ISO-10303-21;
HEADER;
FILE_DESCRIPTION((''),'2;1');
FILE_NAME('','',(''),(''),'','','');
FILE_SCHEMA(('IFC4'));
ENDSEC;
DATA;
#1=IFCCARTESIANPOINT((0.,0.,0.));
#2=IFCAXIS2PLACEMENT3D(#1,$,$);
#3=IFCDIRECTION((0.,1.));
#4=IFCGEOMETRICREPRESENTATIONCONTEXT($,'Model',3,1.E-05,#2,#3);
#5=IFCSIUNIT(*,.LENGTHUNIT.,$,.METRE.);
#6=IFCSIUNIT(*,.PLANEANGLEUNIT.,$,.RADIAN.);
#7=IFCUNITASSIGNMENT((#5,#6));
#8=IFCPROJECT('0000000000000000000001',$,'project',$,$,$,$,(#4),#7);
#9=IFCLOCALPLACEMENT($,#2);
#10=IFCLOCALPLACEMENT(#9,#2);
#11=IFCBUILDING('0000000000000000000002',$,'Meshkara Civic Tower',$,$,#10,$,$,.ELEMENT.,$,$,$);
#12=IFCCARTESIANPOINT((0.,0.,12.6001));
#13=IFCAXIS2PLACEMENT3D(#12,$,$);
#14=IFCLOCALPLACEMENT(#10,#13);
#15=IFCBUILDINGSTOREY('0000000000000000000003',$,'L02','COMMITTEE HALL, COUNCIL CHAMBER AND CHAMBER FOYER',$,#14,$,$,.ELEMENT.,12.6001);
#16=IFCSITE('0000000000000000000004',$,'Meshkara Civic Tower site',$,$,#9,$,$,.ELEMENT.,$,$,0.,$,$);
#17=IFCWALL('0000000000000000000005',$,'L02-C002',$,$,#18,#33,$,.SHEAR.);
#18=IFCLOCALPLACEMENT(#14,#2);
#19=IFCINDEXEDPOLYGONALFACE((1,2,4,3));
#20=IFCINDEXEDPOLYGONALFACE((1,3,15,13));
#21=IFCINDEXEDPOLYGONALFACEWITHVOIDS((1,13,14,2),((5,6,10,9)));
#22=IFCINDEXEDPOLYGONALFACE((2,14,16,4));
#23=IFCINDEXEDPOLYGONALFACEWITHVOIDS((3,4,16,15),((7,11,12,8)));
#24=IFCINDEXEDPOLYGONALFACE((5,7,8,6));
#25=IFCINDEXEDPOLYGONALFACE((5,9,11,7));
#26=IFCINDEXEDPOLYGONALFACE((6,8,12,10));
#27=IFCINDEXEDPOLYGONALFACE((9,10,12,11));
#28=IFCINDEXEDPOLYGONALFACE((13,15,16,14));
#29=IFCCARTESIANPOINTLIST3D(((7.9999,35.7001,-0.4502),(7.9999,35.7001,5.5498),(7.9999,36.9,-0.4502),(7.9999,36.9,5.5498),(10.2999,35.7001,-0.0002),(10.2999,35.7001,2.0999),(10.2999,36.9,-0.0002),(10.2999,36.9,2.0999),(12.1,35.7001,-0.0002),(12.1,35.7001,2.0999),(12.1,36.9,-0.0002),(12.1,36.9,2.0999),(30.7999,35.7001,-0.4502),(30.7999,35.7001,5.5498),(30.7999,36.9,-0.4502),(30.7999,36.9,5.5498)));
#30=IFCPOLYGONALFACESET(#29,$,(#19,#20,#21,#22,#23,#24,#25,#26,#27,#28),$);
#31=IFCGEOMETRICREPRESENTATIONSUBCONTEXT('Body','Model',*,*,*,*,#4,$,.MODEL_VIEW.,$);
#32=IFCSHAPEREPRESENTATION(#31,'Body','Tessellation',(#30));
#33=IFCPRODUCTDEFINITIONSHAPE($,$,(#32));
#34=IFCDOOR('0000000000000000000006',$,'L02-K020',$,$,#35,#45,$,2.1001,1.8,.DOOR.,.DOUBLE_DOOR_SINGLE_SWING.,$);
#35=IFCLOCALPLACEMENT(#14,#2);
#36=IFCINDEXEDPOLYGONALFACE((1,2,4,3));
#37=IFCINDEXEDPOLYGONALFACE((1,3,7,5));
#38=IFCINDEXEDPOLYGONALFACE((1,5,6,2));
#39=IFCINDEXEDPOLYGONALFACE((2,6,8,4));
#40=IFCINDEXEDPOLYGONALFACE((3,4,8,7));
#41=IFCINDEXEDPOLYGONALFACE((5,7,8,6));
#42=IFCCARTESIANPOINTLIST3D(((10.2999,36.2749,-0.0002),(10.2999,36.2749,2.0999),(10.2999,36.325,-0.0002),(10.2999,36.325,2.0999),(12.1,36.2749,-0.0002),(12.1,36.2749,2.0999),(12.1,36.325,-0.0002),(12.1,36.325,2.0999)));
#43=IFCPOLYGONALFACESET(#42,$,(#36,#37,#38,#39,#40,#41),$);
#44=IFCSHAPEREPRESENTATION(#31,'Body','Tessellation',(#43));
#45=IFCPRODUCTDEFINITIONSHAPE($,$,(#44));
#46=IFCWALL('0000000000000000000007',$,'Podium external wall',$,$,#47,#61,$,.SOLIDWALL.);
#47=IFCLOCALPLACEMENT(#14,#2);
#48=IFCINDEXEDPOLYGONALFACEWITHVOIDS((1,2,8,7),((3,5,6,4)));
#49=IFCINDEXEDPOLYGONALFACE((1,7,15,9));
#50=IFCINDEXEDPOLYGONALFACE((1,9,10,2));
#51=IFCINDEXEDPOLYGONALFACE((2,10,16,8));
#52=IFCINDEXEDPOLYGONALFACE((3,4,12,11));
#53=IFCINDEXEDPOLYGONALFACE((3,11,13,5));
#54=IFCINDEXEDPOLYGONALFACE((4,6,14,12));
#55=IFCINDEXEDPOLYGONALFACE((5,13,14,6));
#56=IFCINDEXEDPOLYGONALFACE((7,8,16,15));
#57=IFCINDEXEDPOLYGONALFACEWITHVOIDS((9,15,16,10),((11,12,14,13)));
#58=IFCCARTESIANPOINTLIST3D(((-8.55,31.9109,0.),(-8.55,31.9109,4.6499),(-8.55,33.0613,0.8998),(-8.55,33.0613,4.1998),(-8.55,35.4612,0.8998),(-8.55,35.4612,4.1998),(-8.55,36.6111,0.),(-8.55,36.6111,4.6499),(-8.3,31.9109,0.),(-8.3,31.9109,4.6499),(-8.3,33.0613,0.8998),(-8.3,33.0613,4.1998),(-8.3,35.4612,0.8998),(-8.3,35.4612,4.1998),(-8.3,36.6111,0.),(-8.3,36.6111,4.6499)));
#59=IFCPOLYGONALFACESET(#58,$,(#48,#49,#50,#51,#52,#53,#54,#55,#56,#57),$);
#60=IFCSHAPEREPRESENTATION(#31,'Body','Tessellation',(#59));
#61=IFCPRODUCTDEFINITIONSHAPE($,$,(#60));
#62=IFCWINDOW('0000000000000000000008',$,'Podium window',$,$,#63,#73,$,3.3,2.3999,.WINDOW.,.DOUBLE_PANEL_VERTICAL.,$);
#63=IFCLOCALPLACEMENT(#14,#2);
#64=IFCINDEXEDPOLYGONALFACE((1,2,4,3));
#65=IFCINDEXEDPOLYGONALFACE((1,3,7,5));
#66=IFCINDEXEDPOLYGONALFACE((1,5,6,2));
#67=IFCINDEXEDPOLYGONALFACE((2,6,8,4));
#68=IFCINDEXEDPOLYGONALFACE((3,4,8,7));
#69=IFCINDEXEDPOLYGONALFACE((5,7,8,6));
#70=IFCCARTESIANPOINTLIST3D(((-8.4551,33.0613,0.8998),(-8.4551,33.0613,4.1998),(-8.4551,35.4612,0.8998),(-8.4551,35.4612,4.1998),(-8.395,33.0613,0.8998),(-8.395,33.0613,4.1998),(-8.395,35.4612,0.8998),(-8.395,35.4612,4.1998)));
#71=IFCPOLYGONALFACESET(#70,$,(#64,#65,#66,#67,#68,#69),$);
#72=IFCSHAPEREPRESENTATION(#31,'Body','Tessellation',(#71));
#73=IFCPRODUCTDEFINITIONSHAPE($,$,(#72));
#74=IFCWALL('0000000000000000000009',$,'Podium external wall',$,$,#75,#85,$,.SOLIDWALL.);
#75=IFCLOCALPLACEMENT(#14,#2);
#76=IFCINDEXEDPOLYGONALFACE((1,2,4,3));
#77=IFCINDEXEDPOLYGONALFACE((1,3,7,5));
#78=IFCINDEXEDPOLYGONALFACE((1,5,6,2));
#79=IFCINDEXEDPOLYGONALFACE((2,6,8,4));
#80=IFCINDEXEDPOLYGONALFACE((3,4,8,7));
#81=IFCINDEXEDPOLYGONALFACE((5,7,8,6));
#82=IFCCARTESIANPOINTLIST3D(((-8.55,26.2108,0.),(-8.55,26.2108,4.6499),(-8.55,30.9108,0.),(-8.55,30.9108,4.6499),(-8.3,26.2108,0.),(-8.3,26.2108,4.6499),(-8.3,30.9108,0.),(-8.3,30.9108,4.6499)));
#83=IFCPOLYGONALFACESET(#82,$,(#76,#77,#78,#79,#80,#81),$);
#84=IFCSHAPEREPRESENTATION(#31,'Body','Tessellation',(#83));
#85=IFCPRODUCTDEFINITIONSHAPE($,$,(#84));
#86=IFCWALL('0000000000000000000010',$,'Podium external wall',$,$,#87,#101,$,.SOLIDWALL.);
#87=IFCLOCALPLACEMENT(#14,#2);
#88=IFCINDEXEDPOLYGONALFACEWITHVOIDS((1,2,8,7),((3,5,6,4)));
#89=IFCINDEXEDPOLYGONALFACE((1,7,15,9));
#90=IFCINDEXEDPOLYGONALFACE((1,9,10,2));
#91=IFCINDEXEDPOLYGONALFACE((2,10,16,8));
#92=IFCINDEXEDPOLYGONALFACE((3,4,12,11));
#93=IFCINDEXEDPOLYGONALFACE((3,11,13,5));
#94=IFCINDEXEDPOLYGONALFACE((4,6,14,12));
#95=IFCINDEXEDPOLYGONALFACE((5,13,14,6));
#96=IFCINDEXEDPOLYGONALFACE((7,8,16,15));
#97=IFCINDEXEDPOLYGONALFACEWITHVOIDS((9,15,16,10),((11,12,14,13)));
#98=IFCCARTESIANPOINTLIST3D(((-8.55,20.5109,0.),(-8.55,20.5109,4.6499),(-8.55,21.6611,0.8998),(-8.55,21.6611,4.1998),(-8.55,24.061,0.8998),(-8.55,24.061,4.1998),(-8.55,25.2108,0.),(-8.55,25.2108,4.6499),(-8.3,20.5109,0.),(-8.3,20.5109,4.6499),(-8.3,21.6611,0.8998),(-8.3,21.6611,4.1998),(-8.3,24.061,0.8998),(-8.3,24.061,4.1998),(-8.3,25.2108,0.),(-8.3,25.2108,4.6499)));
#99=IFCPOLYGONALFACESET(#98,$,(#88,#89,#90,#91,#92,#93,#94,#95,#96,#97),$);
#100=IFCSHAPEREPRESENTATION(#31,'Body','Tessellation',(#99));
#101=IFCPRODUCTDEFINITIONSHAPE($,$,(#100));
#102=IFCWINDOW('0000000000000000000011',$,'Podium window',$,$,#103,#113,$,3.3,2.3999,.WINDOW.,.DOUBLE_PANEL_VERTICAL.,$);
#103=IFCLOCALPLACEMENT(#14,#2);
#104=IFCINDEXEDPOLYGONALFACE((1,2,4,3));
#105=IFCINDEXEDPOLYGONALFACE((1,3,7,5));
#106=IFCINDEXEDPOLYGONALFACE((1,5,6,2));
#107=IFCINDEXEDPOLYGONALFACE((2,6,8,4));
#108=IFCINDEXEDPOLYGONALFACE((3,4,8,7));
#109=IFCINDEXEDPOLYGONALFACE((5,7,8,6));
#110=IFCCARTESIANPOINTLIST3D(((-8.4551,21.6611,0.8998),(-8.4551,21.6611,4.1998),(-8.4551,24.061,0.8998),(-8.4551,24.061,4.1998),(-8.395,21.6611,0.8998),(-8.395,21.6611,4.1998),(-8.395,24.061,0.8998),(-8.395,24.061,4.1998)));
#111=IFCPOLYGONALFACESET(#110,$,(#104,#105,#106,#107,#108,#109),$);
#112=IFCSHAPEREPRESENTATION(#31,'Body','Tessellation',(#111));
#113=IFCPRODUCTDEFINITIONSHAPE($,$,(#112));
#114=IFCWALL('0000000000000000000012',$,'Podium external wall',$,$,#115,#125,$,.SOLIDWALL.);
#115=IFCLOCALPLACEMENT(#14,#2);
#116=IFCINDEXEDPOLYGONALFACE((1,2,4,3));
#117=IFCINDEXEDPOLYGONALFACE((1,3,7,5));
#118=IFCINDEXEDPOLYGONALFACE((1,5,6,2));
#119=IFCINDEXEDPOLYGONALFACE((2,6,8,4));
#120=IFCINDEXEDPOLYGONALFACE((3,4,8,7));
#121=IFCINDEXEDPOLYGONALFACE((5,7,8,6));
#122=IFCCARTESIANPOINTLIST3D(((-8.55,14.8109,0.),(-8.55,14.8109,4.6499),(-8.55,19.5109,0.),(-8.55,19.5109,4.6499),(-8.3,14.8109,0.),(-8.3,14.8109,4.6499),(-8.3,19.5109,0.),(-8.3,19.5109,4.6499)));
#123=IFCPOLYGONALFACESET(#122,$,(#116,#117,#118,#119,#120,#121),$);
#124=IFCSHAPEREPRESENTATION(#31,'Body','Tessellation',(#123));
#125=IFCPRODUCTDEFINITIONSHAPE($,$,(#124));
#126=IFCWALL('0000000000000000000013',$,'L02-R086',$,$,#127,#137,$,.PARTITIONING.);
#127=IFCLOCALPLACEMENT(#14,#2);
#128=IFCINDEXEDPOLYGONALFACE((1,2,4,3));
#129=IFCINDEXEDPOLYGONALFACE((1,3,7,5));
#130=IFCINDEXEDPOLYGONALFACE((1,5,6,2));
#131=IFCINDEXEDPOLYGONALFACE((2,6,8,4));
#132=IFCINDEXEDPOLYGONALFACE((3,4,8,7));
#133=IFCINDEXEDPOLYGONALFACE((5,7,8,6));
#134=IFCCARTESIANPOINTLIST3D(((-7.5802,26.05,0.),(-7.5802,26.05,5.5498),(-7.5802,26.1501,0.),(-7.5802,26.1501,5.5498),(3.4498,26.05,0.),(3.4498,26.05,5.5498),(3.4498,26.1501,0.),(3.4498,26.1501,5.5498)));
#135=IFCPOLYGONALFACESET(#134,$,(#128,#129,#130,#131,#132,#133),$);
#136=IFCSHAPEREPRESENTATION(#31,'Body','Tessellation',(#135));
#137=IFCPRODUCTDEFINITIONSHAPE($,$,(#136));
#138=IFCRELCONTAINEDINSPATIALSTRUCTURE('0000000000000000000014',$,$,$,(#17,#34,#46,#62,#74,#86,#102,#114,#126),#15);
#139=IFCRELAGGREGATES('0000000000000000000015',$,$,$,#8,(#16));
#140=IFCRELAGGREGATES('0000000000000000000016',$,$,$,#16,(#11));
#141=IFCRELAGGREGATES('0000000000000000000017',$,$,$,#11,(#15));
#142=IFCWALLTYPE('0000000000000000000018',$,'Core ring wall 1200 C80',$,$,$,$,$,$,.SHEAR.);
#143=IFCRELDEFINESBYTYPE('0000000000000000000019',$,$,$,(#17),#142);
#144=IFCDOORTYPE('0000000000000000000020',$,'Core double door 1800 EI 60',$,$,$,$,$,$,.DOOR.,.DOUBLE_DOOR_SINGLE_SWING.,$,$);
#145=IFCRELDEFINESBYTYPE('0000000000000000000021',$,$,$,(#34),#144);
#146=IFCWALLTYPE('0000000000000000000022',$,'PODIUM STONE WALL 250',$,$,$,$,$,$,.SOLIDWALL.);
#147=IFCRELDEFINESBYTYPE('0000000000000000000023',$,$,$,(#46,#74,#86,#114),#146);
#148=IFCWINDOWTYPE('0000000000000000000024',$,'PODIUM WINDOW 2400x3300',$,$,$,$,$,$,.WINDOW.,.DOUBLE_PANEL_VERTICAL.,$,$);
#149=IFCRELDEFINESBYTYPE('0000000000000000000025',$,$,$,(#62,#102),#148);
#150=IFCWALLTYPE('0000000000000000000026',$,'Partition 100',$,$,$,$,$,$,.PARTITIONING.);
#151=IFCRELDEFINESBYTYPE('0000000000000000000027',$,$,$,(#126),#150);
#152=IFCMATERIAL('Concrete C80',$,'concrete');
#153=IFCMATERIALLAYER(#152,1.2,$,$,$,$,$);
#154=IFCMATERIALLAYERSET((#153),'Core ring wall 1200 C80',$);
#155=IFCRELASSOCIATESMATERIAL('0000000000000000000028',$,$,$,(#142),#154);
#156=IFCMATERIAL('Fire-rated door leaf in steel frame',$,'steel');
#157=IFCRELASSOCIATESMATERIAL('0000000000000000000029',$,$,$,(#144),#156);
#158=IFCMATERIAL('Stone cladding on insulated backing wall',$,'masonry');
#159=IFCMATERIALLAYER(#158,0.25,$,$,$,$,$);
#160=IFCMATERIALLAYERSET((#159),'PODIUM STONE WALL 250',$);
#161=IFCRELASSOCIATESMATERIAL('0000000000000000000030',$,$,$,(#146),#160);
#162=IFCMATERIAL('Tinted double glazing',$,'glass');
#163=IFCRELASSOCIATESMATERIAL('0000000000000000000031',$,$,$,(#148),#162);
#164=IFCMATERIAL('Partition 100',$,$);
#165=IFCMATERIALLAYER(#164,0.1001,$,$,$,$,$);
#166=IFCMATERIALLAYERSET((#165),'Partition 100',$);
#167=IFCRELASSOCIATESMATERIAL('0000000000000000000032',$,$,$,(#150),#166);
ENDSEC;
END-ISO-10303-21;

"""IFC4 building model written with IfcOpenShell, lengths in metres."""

from ifc_helpers import new_model, si_unit, direction, frame, frame_2d, origin, place, context, subcontext, project, spatial, rectangle, extrude, material, layer, layer_set, type_object, element, fill, save


model = new_model("IFC4")

# Units and contexts
model_context = context("Model", 3, precision=1e-05, world=origin(), true_north=direction((0.0, 1.0)))
body_context = subcontext(model_context, "Body", "Model", "MODEL_VIEW")
ifc_project = project(units=[si_unit("LENGTHUNIT", "METRE"), si_unit("PLANEANGLEUNIT", "RADIAN")], contexts=[model_context])

# Site, building, storey
site_placement = place(None, origin())
site = spatial("IfcSite", under=ifc_project, at=site_placement, Name="Meshkara Civic Tower site", CompositionType="ELEMENT", RefElevation=0.0)
building_placement = place(site_placement, origin())
building = spatial("IfcBuilding", under=site, at=building_placement, Name="Meshkara Civic Tower", CompositionType="ELEMENT")
storey_placement = place(building_placement, frame((0.0, 0.0, 12.6001)))
storey = spatial("IfcBuildingStorey", under=building, at=storey_placement, Name="L02", Description="COMMITTEE HALL, COUNCIL CHAMBER AND CHAMBER FOYER", CompositionType="ELEMENT", Elevation=12.6001)

# Wall, opening, door
ifc_material_1 = material(Name="Concrete C80", Category="concrete")
ifc_layer_1 = layer(ifc_material_1, 1.2)
ifc_layer_set_1 = layer_set([ifc_layer_1], Name="Core ring wall 1200 C80")
wall_type_1 = type_object("IfcWallType", Name="Core ring wall 1200 C80", PredefinedType="SHEAR", material=ifc_layer_set_1)
wall_1_placement = place(storey_placement, frame((8.0, 36.3, -0.4502), z_axis=(0.0, 0.0, 1.0), x_axis=(1.0, 0.0, 0.0)))
wall_1 = element("IfcWall", 1, at=wall_1_placement, inside=storey, type_object=wall_type_1, Name="L02-C002", PredefinedType="SHEAR", context=body_context, shape_type="SweptSolid", body=[
    extrude(rectangle(XDim=22.8, YDim=1.2, at=frame_2d((11.3999, 0.0))), origin(), (0.0, 0.0, 1.0), 6.0),
])
opening_1_placement = place(wall_1_placement, frame((2.3, 0.0, 0.45)))
opening_1 = element("IfcOpeningElement", 2, at=opening_1_placement, cuts=wall_1, PredefinedType="OPENING", context=body_context, shape_type="SweptSolid", body=[
    extrude(rectangle(XDim=1.8, YDim=2.1001, at=frame_2d((0.8999, 1.05))), frame((0.0, 0.6099, 0.0), z_axis=(0.0, -1.0, 0.0), x_axis=(1.0, 0.0, 0.0)), (0.0, 0.0, 1.0), 1.22),
])
ifc_material_2 = material(Name="Fire-rated door leaf in steel frame", Category="steel")
door_type_1 = type_object("IfcDoorType", Name="Core double door 1800 EI 60", OperationType="DOUBLE_DOOR_SINGLE_SWING", PredefinedType="DOOR", material=ifc_material_2)
door_1_placement = place(opening_1_placement, origin())
door_1 = element("IfcDoor", 3, at=door_1_placement, inside=storey, type_object=door_type_1, Name="L02-K020", OperationType="DOUBLE_DOOR_SINGLE_SWING", OverallHeight=2.1001, OverallWidth=1.8, PredefinedType="DOOR", context=body_context, shape_type="SweptSolid", body=[
    extrude(rectangle(XDim=1.8, YDim=2.1001, at=frame_2d((0.8999, 1.05))), frame((0.0, 0.0249, 0.0), z_axis=(0.0, -1.0, 0.0), x_axis=(1.0, 0.0, 0.0)), (0.0, 0.0, 1.0), 0.05),
])
fill(opening_1, door_1)

# Wall, opening, window
ifc_material_3 = material(Name="Stone cladding on insulated backing wall", Category="masonry")
ifc_layer_2 = layer(ifc_material_3, 0.25)
ifc_layer_set_2 = layer_set([ifc_layer_2], Name="PODIUM STONE WALL 250")
wall_type_2 = type_object("IfcWallType", Name="PODIUM STONE WALL 250", PredefinedType="SOLIDWALL", material=ifc_layer_set_2)
wall_2_placement = place(storey_placement, frame((-8.425, 36.6111, 0.0), z_axis=(0.0, 0.0, 1.0), x_axis=(0.0, -1.0, 0.0)))
wall_2 = element("IfcWall", 4, at=wall_2_placement, inside=storey, type_object=wall_type_2, Name="Podium external wall", PredefinedType="SOLIDWALL", context=body_context, shape_type="SweptSolid", body=[
    extrude(rectangle(XDim=4.7002, YDim=0.25, at=frame_2d((2.3501, 0.0))), origin(), (0.0, 0.0, 1.0), 4.6499),
])
opening_2_placement = place(wall_2_placement, frame((1.1499, 0.0, 0.8999)))
opening_2 = element("IfcOpeningElement", 5, at=opening_2_placement, cuts=wall_2, PredefinedType="OPENING", context=body_context, shape_type="SweptSolid", body=[
    extrude(rectangle(XDim=2.3999, YDim=3.3, at=frame_2d((1.2, 1.6499))), frame((0.0, 0.135, 0.0), z_axis=(0.0, -1.0, 0.0), x_axis=(1.0, 0.0, 0.0)), (0.0, 0.0, 1.0), 0.27),
])
ifc_material_4 = material(Name="Tinted double glazing", Category="glass")
window_type = type_object("IfcWindowType", Name="PODIUM WINDOW 2400x3300", PartitioningType="DOUBLE_PANEL_VERTICAL", PredefinedType="WINDOW", material=ifc_material_4)
window_1_placement = place(opening_2_placement, origin())
window_1 = element("IfcWindow", 6, at=window_1_placement, inside=storey, type_object=window_type, Name="Podium window", OverallHeight=3.3, OverallWidth=2.3999, PartitioningType="DOUBLE_PANEL_VERTICAL", PredefinedType="WINDOW", context=body_context, shape_type="SweptSolid", body=[
    extrude(rectangle(XDim=2.3999, YDim=3.3, at=frame_2d((1.2, 1.6499))), frame((0.0, 0.03, 0.0), z_axis=(0.0, -1.0, 0.0), x_axis=(1.0, 0.0, 0.0)), (0.0, 0.0, 1.0), 0.0601),
])
fill(opening_2, window_1)

# Wall
wall_3_placement = place(storey_placement, frame((-8.425, 30.9109, 0.0), z_axis=(0.0, 0.0, 1.0), x_axis=(0.0, -1.0, 0.0)))
element("IfcWall", 7, at=wall_3_placement, inside=storey, type_object=wall_type_2, Name="Podium external wall", PredefinedType="SOLIDWALL", context=body_context, shape_type="SweptSolid", body=[
    extrude(rectangle(XDim=4.7, YDim=0.25, at=frame_2d((2.3501, 0.0))), origin(), (0.0, 0.0, 1.0), 4.6499),
])

# Wall, opening, window
wall_4_placement = place(storey_placement, frame((-8.425, 25.2109, 0.0), z_axis=(0.0, 0.0, 1.0), x_axis=(0.0, -1.0, 0.0)))
wall_4 = element("IfcWall", 8, at=wall_4_placement, inside=storey, type_object=wall_type_2, Name="Podium external wall", PredefinedType="SOLIDWALL", context=body_context, shape_type="SweptSolid", body=[
    extrude(rectangle(XDim=4.7, YDim=0.25, at=frame_2d((2.3501, 0.0))), origin(), (0.0, 0.0, 1.0), 4.6499),
])
opening_3_placement = place(wall_4_placement, frame((1.1499, 0.0, 0.8999)))
opening_3 = element("IfcOpeningElement", 9, at=opening_3_placement, cuts=wall_4, PredefinedType="OPENING", context=body_context, shape_type="SweptSolid", body=[
    extrude(rectangle(XDim=2.3999, YDim=3.3, at=frame_2d((1.2, 1.6499))), frame((0.0, 0.135, 0.0), z_axis=(0.0, -1.0, 0.0), x_axis=(1.0, 0.0, 0.0)), (0.0, 0.0, 1.0), 0.27),
])
window_2_placement = place(opening_3_placement, origin())
window_2 = element("IfcWindow", 10, at=window_2_placement, inside=storey, type_object=window_type, Name="Podium window", OverallHeight=3.3, OverallWidth=2.3999, PartitioningType="DOUBLE_PANEL_VERTICAL", PredefinedType="WINDOW", context=body_context, shape_type="SweptSolid", body=[
    extrude(rectangle(XDim=2.3999, YDim=3.3, at=frame_2d((1.2, 1.6499))), frame((0.0, 0.03, 0.0), z_axis=(0.0, -1.0, 0.0), x_axis=(1.0, 0.0, 0.0)), (0.0, 0.0, 1.0), 0.0601),
])
fill(opening_3, window_2)

# Walls
wall_5_placement = place(storey_placement, frame((-8.425, 19.511, 0.0), z_axis=(0.0, 0.0, 1.0), x_axis=(0.0, -1.0, 0.0)))
element("IfcWall", 11, at=wall_5_placement, inside=storey, type_object=wall_type_2, Name="Podium external wall", PredefinedType="SOLIDWALL", context=body_context, shape_type="SweptSolid", body=[
    extrude(rectangle(XDim=4.7, YDim=0.25, at=frame_2d((2.3501, 0.0))), origin(), (0.0, 0.0, 1.0), 4.6499),
])
ifc_material_5 = material(Name="Partition 100")
ifc_layer_3 = layer(ifc_material_5, 0.1001)
ifc_layer_set_3 = layer_set([ifc_layer_3], Name="Partition 100")
wall_type_3 = type_object("IfcWallType", Name="Partition 100", PredefinedType="PARTITIONING", material=ifc_layer_set_3)
wall_6_placement = place(storey_placement, frame((3.45, 26.1001, 0.0), z_axis=(0.0, 0.0, 1.0), x_axis=(-1.0, 0.0, 0.0)))
element("IfcWall", 12, at=wall_6_placement, inside=storey, type_object=wall_type_3, Name="L02-R086", PredefinedType="PARTITIONING", context=body_context, shape_type="SweptSolid", body=[
    extrude(rectangle(XDim=11.03, YDim=0.1001, at=frame_2d((5.5151, 0.0))), origin(), (0.0, 0.0, 1.0), 5.5498),
])

save(model, "model.ifc")
